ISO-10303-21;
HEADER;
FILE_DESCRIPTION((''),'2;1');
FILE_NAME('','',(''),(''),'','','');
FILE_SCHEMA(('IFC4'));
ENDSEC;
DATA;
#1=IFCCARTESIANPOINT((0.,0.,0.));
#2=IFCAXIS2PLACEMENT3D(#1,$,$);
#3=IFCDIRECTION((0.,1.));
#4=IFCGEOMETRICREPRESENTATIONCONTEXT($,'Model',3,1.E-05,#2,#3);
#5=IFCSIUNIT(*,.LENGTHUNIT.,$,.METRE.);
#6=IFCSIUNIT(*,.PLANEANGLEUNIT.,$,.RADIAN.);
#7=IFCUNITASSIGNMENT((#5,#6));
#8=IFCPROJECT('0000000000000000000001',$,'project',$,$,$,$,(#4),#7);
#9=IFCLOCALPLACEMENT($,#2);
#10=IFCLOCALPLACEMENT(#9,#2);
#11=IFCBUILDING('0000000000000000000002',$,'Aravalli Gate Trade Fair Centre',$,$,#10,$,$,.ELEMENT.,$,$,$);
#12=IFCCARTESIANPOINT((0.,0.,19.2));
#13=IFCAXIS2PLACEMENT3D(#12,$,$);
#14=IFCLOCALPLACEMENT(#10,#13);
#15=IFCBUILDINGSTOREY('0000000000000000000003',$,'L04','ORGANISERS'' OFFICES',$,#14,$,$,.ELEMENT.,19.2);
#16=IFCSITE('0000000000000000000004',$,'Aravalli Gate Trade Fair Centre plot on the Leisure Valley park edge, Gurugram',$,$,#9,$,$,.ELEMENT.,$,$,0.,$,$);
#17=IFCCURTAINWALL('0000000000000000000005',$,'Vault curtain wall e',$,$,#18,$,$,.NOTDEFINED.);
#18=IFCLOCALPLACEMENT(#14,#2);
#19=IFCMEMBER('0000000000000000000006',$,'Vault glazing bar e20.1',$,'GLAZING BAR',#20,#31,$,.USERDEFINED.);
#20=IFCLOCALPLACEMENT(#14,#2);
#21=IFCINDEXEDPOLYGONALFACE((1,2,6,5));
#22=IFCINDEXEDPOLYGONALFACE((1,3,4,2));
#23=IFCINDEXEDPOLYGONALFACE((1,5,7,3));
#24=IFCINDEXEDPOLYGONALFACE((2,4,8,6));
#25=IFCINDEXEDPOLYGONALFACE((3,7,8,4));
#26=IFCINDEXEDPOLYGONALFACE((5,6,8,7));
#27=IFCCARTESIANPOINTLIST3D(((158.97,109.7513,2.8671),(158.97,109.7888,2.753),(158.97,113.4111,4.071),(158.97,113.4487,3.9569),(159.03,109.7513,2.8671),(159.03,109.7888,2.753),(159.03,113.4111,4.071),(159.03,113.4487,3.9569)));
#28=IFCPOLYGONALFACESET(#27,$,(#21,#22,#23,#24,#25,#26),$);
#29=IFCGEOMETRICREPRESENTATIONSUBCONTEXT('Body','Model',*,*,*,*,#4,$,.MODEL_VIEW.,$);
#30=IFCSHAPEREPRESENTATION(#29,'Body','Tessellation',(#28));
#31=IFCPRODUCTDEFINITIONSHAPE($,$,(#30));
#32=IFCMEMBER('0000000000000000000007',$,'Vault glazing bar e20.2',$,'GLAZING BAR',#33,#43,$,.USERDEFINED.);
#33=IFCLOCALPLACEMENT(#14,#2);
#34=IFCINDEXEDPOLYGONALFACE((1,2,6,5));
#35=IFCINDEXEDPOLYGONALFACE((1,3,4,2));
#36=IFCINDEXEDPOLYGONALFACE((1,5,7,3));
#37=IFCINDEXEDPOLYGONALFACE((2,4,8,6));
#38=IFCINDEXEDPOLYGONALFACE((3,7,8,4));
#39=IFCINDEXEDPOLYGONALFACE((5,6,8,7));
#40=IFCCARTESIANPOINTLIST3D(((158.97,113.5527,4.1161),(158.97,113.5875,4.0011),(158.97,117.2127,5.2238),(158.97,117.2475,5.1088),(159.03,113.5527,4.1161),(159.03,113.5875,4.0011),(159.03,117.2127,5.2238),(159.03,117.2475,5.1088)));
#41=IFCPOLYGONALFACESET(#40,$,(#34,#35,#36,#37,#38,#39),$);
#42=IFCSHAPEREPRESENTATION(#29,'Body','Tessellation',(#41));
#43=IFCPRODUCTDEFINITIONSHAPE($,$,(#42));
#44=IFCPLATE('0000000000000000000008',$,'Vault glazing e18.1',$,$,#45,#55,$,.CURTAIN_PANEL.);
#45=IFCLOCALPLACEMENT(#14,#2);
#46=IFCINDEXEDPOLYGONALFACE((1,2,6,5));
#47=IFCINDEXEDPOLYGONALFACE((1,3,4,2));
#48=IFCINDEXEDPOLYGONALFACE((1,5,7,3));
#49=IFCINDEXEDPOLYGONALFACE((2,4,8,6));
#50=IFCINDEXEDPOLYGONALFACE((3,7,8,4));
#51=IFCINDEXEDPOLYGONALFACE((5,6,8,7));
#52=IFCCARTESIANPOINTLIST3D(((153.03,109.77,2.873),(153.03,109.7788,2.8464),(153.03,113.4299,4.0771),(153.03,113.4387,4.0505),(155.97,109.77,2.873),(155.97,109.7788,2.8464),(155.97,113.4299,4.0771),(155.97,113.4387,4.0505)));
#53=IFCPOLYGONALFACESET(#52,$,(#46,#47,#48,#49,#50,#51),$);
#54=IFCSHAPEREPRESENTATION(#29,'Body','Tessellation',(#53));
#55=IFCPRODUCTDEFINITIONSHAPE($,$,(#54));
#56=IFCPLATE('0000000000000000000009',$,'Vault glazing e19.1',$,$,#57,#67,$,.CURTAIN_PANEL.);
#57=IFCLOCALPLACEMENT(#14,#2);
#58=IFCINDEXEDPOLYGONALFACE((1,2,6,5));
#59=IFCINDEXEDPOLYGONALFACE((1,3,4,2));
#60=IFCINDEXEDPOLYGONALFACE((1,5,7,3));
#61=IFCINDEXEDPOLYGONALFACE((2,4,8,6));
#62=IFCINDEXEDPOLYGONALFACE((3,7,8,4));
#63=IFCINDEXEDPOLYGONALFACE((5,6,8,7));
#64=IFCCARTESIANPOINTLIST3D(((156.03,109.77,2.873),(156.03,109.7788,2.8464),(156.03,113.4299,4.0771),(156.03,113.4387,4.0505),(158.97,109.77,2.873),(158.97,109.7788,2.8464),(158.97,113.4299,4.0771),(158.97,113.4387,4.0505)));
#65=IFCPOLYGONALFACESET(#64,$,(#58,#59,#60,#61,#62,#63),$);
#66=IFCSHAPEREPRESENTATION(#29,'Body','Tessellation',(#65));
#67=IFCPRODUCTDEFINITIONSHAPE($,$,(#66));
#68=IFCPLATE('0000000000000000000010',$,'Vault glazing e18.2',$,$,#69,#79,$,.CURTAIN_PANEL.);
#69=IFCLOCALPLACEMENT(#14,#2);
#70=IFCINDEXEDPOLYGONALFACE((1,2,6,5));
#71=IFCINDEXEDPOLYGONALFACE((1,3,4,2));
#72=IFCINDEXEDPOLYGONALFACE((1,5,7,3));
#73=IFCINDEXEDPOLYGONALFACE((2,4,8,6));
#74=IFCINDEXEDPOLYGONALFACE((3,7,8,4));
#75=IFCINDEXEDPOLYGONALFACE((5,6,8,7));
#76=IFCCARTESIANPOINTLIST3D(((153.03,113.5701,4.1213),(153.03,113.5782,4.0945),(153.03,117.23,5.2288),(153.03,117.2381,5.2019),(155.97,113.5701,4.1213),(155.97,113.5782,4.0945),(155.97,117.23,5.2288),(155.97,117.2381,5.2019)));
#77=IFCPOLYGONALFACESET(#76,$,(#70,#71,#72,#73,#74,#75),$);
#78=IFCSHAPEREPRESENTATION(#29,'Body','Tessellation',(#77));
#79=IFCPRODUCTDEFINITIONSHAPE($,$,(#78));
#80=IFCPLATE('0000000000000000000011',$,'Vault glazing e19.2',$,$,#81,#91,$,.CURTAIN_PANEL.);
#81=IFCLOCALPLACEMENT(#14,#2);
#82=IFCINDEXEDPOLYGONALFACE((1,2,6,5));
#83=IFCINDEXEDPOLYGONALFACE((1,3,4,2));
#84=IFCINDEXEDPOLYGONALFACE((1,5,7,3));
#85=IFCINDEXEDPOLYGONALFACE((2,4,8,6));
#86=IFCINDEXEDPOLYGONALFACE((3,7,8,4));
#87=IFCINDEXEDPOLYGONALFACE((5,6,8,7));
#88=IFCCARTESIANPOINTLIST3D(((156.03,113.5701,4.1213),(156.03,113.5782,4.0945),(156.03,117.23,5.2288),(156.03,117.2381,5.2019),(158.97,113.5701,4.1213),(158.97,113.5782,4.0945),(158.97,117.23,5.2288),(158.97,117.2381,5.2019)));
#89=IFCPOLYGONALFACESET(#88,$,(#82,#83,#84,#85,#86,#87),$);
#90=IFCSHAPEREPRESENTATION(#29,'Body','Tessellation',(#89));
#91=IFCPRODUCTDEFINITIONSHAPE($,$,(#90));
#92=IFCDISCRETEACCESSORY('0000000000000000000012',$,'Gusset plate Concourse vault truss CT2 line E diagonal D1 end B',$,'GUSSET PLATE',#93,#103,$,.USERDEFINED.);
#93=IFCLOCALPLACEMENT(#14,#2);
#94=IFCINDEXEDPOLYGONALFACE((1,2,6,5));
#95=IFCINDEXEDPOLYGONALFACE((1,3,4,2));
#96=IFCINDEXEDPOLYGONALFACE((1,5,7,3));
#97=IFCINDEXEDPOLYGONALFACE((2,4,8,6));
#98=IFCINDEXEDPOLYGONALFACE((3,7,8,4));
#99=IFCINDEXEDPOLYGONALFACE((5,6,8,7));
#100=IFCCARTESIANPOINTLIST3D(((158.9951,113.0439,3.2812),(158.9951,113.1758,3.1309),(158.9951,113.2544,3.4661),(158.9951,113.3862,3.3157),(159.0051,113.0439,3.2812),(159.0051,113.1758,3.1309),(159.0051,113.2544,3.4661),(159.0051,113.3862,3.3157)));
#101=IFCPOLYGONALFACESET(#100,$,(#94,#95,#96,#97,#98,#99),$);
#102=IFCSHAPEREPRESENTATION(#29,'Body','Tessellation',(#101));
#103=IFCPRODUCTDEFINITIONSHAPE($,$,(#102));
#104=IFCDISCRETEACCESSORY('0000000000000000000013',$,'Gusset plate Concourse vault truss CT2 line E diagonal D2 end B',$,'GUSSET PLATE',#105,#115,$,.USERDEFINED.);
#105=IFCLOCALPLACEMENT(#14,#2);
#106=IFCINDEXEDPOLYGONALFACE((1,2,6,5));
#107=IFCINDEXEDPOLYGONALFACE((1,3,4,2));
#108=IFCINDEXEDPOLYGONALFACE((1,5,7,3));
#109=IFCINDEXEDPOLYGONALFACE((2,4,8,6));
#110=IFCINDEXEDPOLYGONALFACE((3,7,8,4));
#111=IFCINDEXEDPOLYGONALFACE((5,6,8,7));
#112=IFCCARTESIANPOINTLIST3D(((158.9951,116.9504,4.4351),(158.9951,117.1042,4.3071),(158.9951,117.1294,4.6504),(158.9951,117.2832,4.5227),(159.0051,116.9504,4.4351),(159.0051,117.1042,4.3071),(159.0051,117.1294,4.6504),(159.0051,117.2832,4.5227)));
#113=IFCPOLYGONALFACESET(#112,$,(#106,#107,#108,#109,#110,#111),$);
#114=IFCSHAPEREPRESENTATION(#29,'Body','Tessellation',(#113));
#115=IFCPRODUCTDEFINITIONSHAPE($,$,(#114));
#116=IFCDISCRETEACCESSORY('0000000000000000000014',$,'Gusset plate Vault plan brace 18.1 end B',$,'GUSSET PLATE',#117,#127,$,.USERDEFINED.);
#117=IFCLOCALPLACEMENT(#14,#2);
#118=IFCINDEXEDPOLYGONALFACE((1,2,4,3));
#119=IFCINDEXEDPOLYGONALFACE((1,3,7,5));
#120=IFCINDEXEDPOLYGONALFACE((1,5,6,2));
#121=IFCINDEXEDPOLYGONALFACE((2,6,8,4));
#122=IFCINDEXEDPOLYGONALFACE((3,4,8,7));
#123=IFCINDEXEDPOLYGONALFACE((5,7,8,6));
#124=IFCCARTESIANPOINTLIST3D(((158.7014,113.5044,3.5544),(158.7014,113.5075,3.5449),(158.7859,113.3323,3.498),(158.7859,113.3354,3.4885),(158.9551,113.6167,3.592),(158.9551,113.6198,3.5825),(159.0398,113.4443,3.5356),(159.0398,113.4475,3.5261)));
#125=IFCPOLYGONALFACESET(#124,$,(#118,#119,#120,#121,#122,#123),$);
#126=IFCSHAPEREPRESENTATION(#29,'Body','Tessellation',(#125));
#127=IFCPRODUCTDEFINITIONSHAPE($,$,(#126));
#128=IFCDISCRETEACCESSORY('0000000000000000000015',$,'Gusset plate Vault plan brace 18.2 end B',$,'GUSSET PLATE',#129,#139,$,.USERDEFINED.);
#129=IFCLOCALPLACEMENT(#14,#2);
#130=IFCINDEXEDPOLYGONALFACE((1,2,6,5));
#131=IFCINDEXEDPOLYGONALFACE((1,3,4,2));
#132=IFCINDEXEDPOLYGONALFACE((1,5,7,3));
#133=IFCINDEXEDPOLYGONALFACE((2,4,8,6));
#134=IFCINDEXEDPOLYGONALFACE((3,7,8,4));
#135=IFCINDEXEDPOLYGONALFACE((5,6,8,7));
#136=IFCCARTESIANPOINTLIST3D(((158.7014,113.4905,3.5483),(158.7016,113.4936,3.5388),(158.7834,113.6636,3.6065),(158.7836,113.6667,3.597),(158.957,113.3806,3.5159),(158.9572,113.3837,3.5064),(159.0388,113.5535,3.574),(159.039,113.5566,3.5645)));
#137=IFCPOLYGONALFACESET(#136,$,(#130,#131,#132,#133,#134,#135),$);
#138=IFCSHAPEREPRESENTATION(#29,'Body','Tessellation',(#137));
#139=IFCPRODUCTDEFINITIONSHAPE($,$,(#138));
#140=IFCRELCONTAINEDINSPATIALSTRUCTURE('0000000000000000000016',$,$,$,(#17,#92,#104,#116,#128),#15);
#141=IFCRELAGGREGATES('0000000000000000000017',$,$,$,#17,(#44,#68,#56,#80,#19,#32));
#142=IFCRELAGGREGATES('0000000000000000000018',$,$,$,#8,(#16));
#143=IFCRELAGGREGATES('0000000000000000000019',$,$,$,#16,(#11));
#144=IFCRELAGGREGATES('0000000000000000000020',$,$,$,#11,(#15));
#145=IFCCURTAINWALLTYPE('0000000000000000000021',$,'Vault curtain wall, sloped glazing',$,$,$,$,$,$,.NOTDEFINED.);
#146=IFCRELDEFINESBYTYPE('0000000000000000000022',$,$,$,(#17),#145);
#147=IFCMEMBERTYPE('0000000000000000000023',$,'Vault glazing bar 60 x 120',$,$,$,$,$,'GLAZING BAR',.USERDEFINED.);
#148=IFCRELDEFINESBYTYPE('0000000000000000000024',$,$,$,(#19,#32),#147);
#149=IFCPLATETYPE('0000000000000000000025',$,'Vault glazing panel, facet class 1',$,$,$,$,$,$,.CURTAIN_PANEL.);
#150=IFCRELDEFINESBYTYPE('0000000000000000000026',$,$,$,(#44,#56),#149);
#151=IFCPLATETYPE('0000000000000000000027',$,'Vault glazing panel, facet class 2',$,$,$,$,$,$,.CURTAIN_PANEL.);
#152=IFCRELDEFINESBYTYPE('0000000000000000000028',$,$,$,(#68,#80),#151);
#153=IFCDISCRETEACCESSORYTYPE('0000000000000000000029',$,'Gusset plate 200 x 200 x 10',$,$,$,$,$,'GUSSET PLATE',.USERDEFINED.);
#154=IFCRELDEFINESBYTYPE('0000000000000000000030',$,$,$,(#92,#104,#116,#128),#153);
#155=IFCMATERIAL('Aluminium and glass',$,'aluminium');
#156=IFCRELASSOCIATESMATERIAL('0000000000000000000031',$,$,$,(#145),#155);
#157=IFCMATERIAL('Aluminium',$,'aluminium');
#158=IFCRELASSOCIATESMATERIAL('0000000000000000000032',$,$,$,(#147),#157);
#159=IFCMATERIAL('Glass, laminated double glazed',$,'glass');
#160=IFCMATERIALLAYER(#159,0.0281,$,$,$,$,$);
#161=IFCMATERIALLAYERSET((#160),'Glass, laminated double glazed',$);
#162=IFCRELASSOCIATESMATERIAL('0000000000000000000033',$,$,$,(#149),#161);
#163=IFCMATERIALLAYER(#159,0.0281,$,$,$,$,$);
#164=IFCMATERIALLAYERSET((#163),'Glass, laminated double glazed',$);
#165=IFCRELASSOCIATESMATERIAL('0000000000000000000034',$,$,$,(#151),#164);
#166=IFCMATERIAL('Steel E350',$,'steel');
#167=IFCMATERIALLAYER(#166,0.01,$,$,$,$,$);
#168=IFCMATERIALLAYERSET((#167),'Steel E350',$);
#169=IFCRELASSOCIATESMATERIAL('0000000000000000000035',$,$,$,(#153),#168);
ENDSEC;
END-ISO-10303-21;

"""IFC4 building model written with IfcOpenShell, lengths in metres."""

from ifc_helpers import new_model, si_unit, direction, frame, origin, origin_2d, place, context, subcontext, project, spatial, polyline, rectangle, outline, extrude, material, layer, layer_set, material_profile, profile_set, type_object, element, aggregate, save


model = new_model("IFC4")

# Units and contexts
model_context = context("Model", 3, precision=1e-05, world=origin(), true_north=direction((0.0, 1.0)))
body_context = subcontext(model_context, "Body", "Model", "MODEL_VIEW")
ifc_project = project(units=[si_unit("LENGTHUNIT", "METRE"), si_unit("PLANEANGLEUNIT", "RADIAN")], contexts=[model_context])

# Site, building, storey
site_placement = place(None, origin())
site = spatial("IfcSite", under=ifc_project, at=site_placement, Name="Aravalli Gate Trade Fair Centre plot on the Leisure Valley park edge, Gurugram", CompositionType="ELEMENT", RefElevation=0.0)
building_placement = place(site_placement, origin())
building = spatial("IfcBuilding", under=site, at=building_placement, Name="Aravalli Gate Trade Fair Centre", CompositionType="ELEMENT")
storey_placement = place(building_placement, frame((0.0, 0.0, 19.2)))
storey = spatial("IfcBuildingStorey", under=building, at=storey_placement, Name="L04", Description="ORGANISERS' OFFICES", CompositionType="ELEMENT", Elevation=19.2)

# Shared definitions
ifc_material_1 = material(Name="Steel E350", Category="steel")
ifc_material_2 = material(Name="Aluminium", Category="aluminium")

# Curtain wall, members, plates
ifc_material_3 = material(Name="Aluminium and glass", Category="aluminium")
curtain_wall_type = type_object("IfcCurtainWallType", Name="Vault curtain wall, sloped glazing", PredefinedType="NOTDEFINED", material=ifc_material_3)
curtain_wall_placement = place(storey_placement, origin())
curtain_wall = element("IfcCurtainWall", 1, at=curtain_wall_placement, inside=storey, type_object=curtain_wall_type, Name="Vault curtain wall e", PredefinedType="NOTDEFINED")
ifc_material_profile_1 = material_profile(ifc_material_2, rectangle(XDim=0.0601, YDim=0.1201, at=origin_2d()), Name="Vault glazing bar 60 x 120")
ifc_profile_set_1 = profile_set([ifc_material_profile_1], Name="Aluminium")
member_type_1 = type_object("IfcMemberType", Name="Vault glazing bar 60 x 120", ElementType="GLAZING BAR", PredefinedType="USERDEFINED", material=ifc_profile_set_1)
member_1_placement = place(storey_placement, frame((159.0, 109.77, 2.8101), z_axis=(0.0, 0.94993, 0.312461), x_axis=(-1.0, 0.0, 0.0)))
member_1 = element("IfcMember", 2, at=member_1_placement, type_object=member_type_1, Name="Vault glazing bar e20.1", ObjectType="GLAZING BAR", PredefinedType="USERDEFINED", context=body_context, shape_type="SweptSolid", body=[
    extrude(rectangle(XDim=0.0601, YDim=0.1201, at=origin_2d()), origin(), (0.0, 0.0, 1.0), 3.8528),
])
member_2_placement = place(storey_placement, frame((159.0, 113.5701, 4.0586), z_axis=(0.0, 0.957126, 0.289672), x_axis=(-1.0, 0.0, 0.0)))
member_2 = element("IfcMember", 3, at=member_2_placement, type_object=member_type_1, Name="Vault glazing bar e20.2", ObjectType="GLAZING BAR", PredefinedType="USERDEFINED", context=body_context, shape_type="SweptSolid", body=[
    extrude(rectangle(XDim=0.0601, YDim=0.1201, at=origin_2d()), origin(), (0.0, 0.0, 1.0), 3.824),
])
ifc_material_4 = material(Name="Glass, laminated double glazed", Category="glass")
ifc_layer_1 = layer(ifc_material_4, 0.0281)
ifc_layer_set_1 = layer_set([ifc_layer_1], Name="Glass, laminated double glazed")
plate_type_1 = type_object("IfcPlateType", Name="Vault glazing panel, facet class 1", PredefinedType="CURTAIN_PANEL", material=ifc_layer_set_1)
plate_1_placement = place(storey_placement, frame((153.03, 109.77, 2.873), z_axis=(0.0, -0.312518, 0.949912), x_axis=(1.0, 0.0, 0.0)))
plate_1 = element("IfcPlate", 4, at=plate_1_placement, type_object=plate_type_1, Name="Vault glazing e18.1", PredefinedType="CURTAIN_PANEL", context=body_context, shape_type="SweptSolid", body=[
    extrude(outline(polyline([(0.0, 0.0), (2.9399, 0.0), (2.9399, 3.8529), (0.0, 3.8529), (0.0, 0.0)])), origin(), (0.0, 0.0, -1.0), 0.0281),
])
plate_2_placement = place(storey_placement, frame((156.03, 109.77, 2.873), z_axis=(0.0, -0.312518, 0.949912), x_axis=(1.0, 0.0, 0.0)))
plate_2 = element("IfcPlate", 5, at=plate_2_placement, type_object=plate_type_1, Name="Vault glazing e19.1", PredefinedType="CURTAIN_PANEL", context=body_context, shape_type="SweptSolid", body=[
    extrude(outline(polyline([(0.0, 0.0), (2.9399, 0.0), (2.9399, 3.8529), (0.0, 3.8529), (0.0, 0.0)])), origin(), (0.0, 0.0, -1.0), 0.0281),
])
ifc_layer_2 = layer(ifc_material_4, 0.0281)
ifc_layer_set_2 = layer_set([ifc_layer_2], Name="Glass, laminated double glazed")
plate_type_2 = type_object("IfcPlateType", Name="Vault glazing panel, facet class 2", PredefinedType="CURTAIN_PANEL", material=ifc_layer_set_2)
plate_3_placement = place(storey_placement, frame((153.03, 113.5701, 4.1213), z_axis=(0.0, -0.289614, 0.957144), x_axis=(1.0, 0.0, 0.0)))
plate_3 = element("IfcPlate", 6, at=plate_3_placement, type_object=plate_type_2, Name="Vault glazing e18.2", PredefinedType="CURTAIN_PANEL", context=body_context, shape_type="SweptSolid", body=[
    extrude(outline(polyline([(0.0, 0.0), (2.9399, 0.0), (2.9399, 3.8238), (0.0, 3.8238), (0.0, 0.0)])), origin(), (0.0, 0.0, -1.0), 0.0281),
])
plate_4_placement = place(storey_placement, frame((156.03, 113.5701, 4.1213), z_axis=(0.0, -0.289614, 0.957144), x_axis=(1.0, 0.0, 0.0)))
plate_4 = element("IfcPlate", 7, at=plate_4_placement, type_object=plate_type_2, Name="Vault glazing e19.2", PredefinedType="CURTAIN_PANEL", context=body_context, shape_type="SweptSolid", body=[
    extrude(outline(polyline([(0.0, 0.0), (2.9399, 0.0), (2.9399, 3.8238), (0.0, 3.8238), (0.0, 0.0)])), origin(), (0.0, 0.0, -1.0), 0.0281),
])
aggregate(curtain_wall, [plate_1, plate_3, plate_2, plate_4, member_1, member_2])

# Discrete accessories
ifc_layer_3 = layer(ifc_material_1, 0.01)
ifc_layer_set_3 = layer_set([ifc_layer_3], Name="Steel E350")
discrete_accessory_type = type_object("IfcDiscreteAccessoryType", Name="Gusset plate 200 x 200 x 10", ElementType="GUSSET PLATE", PredefinedType="USERDEFINED", material=ifc_layer_set_3)
discrete_accessory_1_placement = place(storey_placement, frame((158.9951, 113.0439, 3.2812), z_axis=(-1.0, 0.0, 0.0), x_axis=(0.0, 0.751388, 0.659861)))
element("IfcDiscreteAccessory", 8, at=discrete_accessory_1_placement, inside=storey, type_object=discrete_accessory_type, Name="Gusset plate Concourse vault truss CT2 line E diagonal D1 end B", ObjectType="GUSSET PLATE", PredefinedType="USERDEFINED", context=body_context, shape_type="SweptSolid", body=[
    extrude(outline(polyline([(0.0, 0.0), (0.2801, 0.0), (0.2799, 0.2), (-0.0002, 0.2), (0.0, 0.0)])), origin(), (0.0, 0.0, -1.0), 0.01),
])
discrete_accessory_2_placement = place(storey_placement, frame((158.9951, 116.9504, 4.4351), z_axis=(-1.0, 0.0, 0.0), x_axis=(0.0, 0.639155, 0.769078)))
element("IfcDiscreteAccessory", 9, at=discrete_accessory_2_placement, inside=storey, type_object=discrete_accessory_type, Name="Gusset plate Concourse vault truss CT2 line E diagonal D2 end B", ObjectType="GUSSET PLATE", PredefinedType="USERDEFINED", context=body_context, shape_type="SweptSolid", body=[
    extrude(outline(polyline([(0.0, 0.0), (0.28, 0.0), (0.2801, 0.1999), (-0.0001, 0.2001), (0.0, 0.0)])), origin(), (0.0, 0.0, -1.0), 0.01),
])
discrete_accessory_3_placement = place(storey_placement, frame((158.7859, 113.3323, 3.498), z_axis=(-0.002663, -0.312352, 0.949963), x_axis=(0.90658, 0.400158, 0.134115)))
element("IfcDiscreteAccessory", 10, at=discrete_accessory_3_placement, inside=storey, type_object=discrete_accessory_type, Name="Gusset plate Vault plan brace 18.1 end B", ObjectType="GUSSET PLATE", PredefinedType="USERDEFINED", context=body_context, shape_type="SweptSolid", body=[
    extrude(outline(polyline([(0.0, 0.0), (0.2801, 0.0), (0.2798, 0.2002), (-0.0001, 0.1999), (0.0, 0.0)])), origin(), (0.0, 0.0, -1.0), 0.01),
])
discrete_accessory_4_placement = place(storey_placement, frame((158.7014, 113.4905, 3.5483), z_axis=(-0.013821, -0.312517, 0.949812), x_axis=(0.91254, -0.392255, -0.115785)))
element("IfcDiscreteAccessory", 11, at=discrete_accessory_4_placement, inside=storey, type_object=discrete_accessory_type, Name="Gusset plate Vault plan brace 18.2 end B", ObjectType="GUSSET PLATE", PredefinedType="USERDEFINED", context=body_context, shape_type="SweptSolid", body=[
    extrude(outline(polyline([(0.0, 0.0), (0.2801, 0.0), (0.2802, 0.1999), (0.0002, 0.2002), (0.0, 0.0)])), origin(), (0.0, 0.0, -1.0), 0.01),
])

save(model, "model.ifc")
